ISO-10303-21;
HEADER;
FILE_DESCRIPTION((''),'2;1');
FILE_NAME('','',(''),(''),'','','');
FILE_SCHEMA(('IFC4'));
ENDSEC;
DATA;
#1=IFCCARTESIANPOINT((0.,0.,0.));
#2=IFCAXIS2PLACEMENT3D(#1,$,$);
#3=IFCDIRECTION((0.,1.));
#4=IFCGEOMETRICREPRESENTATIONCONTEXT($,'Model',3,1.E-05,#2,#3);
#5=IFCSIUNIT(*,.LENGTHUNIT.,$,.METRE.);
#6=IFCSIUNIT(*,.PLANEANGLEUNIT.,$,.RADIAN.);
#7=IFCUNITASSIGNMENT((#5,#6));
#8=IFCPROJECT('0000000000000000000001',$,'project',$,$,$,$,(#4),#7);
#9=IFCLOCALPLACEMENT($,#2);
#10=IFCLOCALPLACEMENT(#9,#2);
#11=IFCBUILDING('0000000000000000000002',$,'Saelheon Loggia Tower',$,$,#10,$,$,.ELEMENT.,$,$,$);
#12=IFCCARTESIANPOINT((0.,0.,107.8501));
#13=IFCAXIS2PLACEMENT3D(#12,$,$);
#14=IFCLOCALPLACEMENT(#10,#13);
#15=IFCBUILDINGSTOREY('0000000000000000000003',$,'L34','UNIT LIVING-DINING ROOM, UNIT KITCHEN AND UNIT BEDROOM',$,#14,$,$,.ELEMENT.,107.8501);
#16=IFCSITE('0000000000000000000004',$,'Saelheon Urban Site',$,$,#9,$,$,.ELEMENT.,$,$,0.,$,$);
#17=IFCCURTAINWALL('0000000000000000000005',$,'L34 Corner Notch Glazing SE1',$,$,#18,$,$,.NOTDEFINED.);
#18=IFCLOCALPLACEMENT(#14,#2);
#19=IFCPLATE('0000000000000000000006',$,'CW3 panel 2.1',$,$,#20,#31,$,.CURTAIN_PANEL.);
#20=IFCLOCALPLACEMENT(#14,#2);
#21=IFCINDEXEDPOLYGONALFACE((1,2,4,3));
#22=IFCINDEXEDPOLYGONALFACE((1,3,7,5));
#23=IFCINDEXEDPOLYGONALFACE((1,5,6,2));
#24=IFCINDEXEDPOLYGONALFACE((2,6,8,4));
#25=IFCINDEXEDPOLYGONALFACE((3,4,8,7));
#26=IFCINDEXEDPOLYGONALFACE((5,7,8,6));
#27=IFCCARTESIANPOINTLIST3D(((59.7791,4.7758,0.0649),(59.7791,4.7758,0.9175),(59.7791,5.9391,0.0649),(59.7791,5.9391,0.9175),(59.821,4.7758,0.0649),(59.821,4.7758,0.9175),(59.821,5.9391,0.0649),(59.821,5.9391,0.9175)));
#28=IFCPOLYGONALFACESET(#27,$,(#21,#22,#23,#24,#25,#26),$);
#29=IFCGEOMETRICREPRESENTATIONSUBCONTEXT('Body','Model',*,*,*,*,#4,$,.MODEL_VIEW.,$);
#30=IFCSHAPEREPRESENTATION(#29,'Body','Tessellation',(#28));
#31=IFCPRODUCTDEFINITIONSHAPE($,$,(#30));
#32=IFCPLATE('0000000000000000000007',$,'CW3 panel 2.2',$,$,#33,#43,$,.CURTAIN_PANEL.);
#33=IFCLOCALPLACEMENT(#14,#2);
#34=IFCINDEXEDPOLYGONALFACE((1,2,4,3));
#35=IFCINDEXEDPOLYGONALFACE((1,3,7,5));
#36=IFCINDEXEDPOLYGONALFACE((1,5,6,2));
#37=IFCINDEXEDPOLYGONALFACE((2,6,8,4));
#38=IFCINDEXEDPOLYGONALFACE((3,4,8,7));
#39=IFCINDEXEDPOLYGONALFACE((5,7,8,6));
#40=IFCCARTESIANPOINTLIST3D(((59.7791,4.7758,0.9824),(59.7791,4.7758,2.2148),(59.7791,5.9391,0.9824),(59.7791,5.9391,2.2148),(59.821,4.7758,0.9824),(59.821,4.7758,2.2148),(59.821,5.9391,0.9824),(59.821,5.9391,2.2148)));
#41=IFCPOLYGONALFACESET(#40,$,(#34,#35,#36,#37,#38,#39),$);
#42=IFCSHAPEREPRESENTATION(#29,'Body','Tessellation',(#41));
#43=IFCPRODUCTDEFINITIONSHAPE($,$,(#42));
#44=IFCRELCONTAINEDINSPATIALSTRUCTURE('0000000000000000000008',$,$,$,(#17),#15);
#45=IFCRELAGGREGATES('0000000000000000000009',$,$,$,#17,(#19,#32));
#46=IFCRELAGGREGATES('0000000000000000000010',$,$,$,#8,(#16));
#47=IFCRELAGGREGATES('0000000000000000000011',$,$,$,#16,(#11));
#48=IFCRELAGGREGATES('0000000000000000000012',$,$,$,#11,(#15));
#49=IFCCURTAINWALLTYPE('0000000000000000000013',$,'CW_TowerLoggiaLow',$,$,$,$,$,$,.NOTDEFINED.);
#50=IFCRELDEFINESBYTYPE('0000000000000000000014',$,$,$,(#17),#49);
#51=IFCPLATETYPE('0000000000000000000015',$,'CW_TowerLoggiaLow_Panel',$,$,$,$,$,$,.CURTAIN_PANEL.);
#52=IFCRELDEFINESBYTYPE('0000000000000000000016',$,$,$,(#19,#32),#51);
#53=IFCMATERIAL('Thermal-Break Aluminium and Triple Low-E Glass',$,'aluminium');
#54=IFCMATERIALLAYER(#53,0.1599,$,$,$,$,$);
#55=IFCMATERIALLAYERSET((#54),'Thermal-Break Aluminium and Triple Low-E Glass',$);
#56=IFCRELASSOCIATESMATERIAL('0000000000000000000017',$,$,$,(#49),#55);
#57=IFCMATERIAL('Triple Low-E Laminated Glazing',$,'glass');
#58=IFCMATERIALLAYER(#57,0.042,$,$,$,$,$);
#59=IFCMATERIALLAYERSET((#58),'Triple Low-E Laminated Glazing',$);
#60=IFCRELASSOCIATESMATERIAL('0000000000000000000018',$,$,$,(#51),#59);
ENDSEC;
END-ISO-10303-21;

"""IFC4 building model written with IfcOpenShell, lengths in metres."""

from ifc_helpers import new_model, si_unit, direction, frame, origin, origin_2d, place, context, subcontext, project, spatial, rectangle, extrude, source, transform, mapped, material, layer, layer_set, type_object, element, aggregate, save


model = new_model("IFC4")

# Units and contexts
model_context = context("Model", 3, precision=1e-05, world=origin(), true_north=direction((0.0, 1.0)))
body_context = subcontext(model_context, "Body", "Model", "MODEL_VIEW")
ifc_project = project(units=[si_unit("LENGTHUNIT", "METRE"), si_unit("PLANEANGLEUNIT", "RADIAN")], contexts=[model_context])

# Site, building, storey
site_placement = place(None, origin())
site = spatial("IfcSite", under=ifc_project, at=site_placement, Name="Saelheon Urban Site", CompositionType="ELEMENT", RefElevation=0.0)
building_placement = place(site_placement, origin())
building = spatial("IfcBuilding", under=site, at=building_placement, Name="Saelheon Loggia Tower", CompositionType="ELEMENT")
storey_placement = place(building_placement, frame((0.0, 0.0, 107.8501)))
storey = spatial("IfcBuildingStorey", under=building, at=storey_placement, Name="L34", Description="UNIT LIVING-DINING ROOM, UNIT KITCHEN AND UNIT BEDROOM", CompositionType="ELEMENT", Elevation=107.8501)

# Curtain wall
ifc_material_1 = material(Name="Thermal-Break Aluminium and Triple Low-E Glass", Category="aluminium")
ifc_layer_1 = layer(ifc_material_1, 0.1599)
ifc_layer_set_1 = layer_set([ifc_layer_1], Name="Thermal-Break Aluminium and Triple Low-E Glass")
curtain_wall_type = type_object("IfcCurtainWallType", Name="CW_TowerLoggiaLow", PredefinedType="NOTDEFINED", material=ifc_layer_set_1)
curtain_wall_1_placement = place(storey_placement, origin())
curtain_wall_1 = element("IfcCurtainWall", 1, at=curtain_wall_1_placement, inside=storey, type_object=curtain_wall_type, Name="L34 Corner Notch Glazing SE1", PredefinedType="NOTDEFINED")

# Plates
ifc_material_2 = material(Name="Triple Low-E Laminated Glazing", Category="glass")
ifc_layer_2 = layer(ifc_material_2, 0.042)
ifc_layer_set_2 = layer_set([ifc_layer_2], Name="Triple Low-E Laminated Glazing")
plate_type = type_object("IfcPlateType", Name="CW_TowerLoggiaLow_Panel", PredefinedType="CURTAIN_PANEL", material=ifc_layer_set_2)
shared_shape_1 = source(origin(), body_context, "Body", "SweptSolid", [
    extrude(rectangle(XDim=1.1633, YDim=0.042, at=origin_2d()), origin(), (0.0, 0.0, 1.0), 0.8525),
])
plate_1_placement = place(storey_placement, frame((59.8, 5.3574, 0.0649), z_axis=(0.0, 0.0, 1.0), x_axis=(0.0, 1.0, 0.0)))
plate_1 = element("IfcPlate", 2, at=plate_1_placement, type_object=plate_type, Name="CW3 panel 2.1", PredefinedType="CURTAIN_PANEL", context=body_context, shape_type="MappedRepresentation", body=[
    mapped(shared_shape_1, transform((0.0, 0.0, 0.0), scale=1.0)),
])
shared_shape_2 = source(origin(), body_context, "Body", "SweptSolid", [
    extrude(rectangle(XDim=1.1633, YDim=0.042, at=origin_2d()), origin(), (0.0, 0.0, 1.0), 1.2324),
])
plate_2_placement = place(storey_placement, frame((59.8, 5.3574, 0.9824), z_axis=(0.0, 0.0, 1.0), x_axis=(0.0, 1.0, 0.0)))
plate_2 = element("IfcPlate", 3, at=plate_2_placement, type_object=plate_type, Name="CW3 panel 2.2", PredefinedType="CURTAIN_PANEL", context=body_context, shape_type="MappedRepresentation", body=[
    mapped(shared_shape_2, transform((0.0, 0.0, 0.0), scale=1.0)),
])
aggregate(curtain_wall_1, [plate_1, plate_2])

save(model, "model.ifc")
